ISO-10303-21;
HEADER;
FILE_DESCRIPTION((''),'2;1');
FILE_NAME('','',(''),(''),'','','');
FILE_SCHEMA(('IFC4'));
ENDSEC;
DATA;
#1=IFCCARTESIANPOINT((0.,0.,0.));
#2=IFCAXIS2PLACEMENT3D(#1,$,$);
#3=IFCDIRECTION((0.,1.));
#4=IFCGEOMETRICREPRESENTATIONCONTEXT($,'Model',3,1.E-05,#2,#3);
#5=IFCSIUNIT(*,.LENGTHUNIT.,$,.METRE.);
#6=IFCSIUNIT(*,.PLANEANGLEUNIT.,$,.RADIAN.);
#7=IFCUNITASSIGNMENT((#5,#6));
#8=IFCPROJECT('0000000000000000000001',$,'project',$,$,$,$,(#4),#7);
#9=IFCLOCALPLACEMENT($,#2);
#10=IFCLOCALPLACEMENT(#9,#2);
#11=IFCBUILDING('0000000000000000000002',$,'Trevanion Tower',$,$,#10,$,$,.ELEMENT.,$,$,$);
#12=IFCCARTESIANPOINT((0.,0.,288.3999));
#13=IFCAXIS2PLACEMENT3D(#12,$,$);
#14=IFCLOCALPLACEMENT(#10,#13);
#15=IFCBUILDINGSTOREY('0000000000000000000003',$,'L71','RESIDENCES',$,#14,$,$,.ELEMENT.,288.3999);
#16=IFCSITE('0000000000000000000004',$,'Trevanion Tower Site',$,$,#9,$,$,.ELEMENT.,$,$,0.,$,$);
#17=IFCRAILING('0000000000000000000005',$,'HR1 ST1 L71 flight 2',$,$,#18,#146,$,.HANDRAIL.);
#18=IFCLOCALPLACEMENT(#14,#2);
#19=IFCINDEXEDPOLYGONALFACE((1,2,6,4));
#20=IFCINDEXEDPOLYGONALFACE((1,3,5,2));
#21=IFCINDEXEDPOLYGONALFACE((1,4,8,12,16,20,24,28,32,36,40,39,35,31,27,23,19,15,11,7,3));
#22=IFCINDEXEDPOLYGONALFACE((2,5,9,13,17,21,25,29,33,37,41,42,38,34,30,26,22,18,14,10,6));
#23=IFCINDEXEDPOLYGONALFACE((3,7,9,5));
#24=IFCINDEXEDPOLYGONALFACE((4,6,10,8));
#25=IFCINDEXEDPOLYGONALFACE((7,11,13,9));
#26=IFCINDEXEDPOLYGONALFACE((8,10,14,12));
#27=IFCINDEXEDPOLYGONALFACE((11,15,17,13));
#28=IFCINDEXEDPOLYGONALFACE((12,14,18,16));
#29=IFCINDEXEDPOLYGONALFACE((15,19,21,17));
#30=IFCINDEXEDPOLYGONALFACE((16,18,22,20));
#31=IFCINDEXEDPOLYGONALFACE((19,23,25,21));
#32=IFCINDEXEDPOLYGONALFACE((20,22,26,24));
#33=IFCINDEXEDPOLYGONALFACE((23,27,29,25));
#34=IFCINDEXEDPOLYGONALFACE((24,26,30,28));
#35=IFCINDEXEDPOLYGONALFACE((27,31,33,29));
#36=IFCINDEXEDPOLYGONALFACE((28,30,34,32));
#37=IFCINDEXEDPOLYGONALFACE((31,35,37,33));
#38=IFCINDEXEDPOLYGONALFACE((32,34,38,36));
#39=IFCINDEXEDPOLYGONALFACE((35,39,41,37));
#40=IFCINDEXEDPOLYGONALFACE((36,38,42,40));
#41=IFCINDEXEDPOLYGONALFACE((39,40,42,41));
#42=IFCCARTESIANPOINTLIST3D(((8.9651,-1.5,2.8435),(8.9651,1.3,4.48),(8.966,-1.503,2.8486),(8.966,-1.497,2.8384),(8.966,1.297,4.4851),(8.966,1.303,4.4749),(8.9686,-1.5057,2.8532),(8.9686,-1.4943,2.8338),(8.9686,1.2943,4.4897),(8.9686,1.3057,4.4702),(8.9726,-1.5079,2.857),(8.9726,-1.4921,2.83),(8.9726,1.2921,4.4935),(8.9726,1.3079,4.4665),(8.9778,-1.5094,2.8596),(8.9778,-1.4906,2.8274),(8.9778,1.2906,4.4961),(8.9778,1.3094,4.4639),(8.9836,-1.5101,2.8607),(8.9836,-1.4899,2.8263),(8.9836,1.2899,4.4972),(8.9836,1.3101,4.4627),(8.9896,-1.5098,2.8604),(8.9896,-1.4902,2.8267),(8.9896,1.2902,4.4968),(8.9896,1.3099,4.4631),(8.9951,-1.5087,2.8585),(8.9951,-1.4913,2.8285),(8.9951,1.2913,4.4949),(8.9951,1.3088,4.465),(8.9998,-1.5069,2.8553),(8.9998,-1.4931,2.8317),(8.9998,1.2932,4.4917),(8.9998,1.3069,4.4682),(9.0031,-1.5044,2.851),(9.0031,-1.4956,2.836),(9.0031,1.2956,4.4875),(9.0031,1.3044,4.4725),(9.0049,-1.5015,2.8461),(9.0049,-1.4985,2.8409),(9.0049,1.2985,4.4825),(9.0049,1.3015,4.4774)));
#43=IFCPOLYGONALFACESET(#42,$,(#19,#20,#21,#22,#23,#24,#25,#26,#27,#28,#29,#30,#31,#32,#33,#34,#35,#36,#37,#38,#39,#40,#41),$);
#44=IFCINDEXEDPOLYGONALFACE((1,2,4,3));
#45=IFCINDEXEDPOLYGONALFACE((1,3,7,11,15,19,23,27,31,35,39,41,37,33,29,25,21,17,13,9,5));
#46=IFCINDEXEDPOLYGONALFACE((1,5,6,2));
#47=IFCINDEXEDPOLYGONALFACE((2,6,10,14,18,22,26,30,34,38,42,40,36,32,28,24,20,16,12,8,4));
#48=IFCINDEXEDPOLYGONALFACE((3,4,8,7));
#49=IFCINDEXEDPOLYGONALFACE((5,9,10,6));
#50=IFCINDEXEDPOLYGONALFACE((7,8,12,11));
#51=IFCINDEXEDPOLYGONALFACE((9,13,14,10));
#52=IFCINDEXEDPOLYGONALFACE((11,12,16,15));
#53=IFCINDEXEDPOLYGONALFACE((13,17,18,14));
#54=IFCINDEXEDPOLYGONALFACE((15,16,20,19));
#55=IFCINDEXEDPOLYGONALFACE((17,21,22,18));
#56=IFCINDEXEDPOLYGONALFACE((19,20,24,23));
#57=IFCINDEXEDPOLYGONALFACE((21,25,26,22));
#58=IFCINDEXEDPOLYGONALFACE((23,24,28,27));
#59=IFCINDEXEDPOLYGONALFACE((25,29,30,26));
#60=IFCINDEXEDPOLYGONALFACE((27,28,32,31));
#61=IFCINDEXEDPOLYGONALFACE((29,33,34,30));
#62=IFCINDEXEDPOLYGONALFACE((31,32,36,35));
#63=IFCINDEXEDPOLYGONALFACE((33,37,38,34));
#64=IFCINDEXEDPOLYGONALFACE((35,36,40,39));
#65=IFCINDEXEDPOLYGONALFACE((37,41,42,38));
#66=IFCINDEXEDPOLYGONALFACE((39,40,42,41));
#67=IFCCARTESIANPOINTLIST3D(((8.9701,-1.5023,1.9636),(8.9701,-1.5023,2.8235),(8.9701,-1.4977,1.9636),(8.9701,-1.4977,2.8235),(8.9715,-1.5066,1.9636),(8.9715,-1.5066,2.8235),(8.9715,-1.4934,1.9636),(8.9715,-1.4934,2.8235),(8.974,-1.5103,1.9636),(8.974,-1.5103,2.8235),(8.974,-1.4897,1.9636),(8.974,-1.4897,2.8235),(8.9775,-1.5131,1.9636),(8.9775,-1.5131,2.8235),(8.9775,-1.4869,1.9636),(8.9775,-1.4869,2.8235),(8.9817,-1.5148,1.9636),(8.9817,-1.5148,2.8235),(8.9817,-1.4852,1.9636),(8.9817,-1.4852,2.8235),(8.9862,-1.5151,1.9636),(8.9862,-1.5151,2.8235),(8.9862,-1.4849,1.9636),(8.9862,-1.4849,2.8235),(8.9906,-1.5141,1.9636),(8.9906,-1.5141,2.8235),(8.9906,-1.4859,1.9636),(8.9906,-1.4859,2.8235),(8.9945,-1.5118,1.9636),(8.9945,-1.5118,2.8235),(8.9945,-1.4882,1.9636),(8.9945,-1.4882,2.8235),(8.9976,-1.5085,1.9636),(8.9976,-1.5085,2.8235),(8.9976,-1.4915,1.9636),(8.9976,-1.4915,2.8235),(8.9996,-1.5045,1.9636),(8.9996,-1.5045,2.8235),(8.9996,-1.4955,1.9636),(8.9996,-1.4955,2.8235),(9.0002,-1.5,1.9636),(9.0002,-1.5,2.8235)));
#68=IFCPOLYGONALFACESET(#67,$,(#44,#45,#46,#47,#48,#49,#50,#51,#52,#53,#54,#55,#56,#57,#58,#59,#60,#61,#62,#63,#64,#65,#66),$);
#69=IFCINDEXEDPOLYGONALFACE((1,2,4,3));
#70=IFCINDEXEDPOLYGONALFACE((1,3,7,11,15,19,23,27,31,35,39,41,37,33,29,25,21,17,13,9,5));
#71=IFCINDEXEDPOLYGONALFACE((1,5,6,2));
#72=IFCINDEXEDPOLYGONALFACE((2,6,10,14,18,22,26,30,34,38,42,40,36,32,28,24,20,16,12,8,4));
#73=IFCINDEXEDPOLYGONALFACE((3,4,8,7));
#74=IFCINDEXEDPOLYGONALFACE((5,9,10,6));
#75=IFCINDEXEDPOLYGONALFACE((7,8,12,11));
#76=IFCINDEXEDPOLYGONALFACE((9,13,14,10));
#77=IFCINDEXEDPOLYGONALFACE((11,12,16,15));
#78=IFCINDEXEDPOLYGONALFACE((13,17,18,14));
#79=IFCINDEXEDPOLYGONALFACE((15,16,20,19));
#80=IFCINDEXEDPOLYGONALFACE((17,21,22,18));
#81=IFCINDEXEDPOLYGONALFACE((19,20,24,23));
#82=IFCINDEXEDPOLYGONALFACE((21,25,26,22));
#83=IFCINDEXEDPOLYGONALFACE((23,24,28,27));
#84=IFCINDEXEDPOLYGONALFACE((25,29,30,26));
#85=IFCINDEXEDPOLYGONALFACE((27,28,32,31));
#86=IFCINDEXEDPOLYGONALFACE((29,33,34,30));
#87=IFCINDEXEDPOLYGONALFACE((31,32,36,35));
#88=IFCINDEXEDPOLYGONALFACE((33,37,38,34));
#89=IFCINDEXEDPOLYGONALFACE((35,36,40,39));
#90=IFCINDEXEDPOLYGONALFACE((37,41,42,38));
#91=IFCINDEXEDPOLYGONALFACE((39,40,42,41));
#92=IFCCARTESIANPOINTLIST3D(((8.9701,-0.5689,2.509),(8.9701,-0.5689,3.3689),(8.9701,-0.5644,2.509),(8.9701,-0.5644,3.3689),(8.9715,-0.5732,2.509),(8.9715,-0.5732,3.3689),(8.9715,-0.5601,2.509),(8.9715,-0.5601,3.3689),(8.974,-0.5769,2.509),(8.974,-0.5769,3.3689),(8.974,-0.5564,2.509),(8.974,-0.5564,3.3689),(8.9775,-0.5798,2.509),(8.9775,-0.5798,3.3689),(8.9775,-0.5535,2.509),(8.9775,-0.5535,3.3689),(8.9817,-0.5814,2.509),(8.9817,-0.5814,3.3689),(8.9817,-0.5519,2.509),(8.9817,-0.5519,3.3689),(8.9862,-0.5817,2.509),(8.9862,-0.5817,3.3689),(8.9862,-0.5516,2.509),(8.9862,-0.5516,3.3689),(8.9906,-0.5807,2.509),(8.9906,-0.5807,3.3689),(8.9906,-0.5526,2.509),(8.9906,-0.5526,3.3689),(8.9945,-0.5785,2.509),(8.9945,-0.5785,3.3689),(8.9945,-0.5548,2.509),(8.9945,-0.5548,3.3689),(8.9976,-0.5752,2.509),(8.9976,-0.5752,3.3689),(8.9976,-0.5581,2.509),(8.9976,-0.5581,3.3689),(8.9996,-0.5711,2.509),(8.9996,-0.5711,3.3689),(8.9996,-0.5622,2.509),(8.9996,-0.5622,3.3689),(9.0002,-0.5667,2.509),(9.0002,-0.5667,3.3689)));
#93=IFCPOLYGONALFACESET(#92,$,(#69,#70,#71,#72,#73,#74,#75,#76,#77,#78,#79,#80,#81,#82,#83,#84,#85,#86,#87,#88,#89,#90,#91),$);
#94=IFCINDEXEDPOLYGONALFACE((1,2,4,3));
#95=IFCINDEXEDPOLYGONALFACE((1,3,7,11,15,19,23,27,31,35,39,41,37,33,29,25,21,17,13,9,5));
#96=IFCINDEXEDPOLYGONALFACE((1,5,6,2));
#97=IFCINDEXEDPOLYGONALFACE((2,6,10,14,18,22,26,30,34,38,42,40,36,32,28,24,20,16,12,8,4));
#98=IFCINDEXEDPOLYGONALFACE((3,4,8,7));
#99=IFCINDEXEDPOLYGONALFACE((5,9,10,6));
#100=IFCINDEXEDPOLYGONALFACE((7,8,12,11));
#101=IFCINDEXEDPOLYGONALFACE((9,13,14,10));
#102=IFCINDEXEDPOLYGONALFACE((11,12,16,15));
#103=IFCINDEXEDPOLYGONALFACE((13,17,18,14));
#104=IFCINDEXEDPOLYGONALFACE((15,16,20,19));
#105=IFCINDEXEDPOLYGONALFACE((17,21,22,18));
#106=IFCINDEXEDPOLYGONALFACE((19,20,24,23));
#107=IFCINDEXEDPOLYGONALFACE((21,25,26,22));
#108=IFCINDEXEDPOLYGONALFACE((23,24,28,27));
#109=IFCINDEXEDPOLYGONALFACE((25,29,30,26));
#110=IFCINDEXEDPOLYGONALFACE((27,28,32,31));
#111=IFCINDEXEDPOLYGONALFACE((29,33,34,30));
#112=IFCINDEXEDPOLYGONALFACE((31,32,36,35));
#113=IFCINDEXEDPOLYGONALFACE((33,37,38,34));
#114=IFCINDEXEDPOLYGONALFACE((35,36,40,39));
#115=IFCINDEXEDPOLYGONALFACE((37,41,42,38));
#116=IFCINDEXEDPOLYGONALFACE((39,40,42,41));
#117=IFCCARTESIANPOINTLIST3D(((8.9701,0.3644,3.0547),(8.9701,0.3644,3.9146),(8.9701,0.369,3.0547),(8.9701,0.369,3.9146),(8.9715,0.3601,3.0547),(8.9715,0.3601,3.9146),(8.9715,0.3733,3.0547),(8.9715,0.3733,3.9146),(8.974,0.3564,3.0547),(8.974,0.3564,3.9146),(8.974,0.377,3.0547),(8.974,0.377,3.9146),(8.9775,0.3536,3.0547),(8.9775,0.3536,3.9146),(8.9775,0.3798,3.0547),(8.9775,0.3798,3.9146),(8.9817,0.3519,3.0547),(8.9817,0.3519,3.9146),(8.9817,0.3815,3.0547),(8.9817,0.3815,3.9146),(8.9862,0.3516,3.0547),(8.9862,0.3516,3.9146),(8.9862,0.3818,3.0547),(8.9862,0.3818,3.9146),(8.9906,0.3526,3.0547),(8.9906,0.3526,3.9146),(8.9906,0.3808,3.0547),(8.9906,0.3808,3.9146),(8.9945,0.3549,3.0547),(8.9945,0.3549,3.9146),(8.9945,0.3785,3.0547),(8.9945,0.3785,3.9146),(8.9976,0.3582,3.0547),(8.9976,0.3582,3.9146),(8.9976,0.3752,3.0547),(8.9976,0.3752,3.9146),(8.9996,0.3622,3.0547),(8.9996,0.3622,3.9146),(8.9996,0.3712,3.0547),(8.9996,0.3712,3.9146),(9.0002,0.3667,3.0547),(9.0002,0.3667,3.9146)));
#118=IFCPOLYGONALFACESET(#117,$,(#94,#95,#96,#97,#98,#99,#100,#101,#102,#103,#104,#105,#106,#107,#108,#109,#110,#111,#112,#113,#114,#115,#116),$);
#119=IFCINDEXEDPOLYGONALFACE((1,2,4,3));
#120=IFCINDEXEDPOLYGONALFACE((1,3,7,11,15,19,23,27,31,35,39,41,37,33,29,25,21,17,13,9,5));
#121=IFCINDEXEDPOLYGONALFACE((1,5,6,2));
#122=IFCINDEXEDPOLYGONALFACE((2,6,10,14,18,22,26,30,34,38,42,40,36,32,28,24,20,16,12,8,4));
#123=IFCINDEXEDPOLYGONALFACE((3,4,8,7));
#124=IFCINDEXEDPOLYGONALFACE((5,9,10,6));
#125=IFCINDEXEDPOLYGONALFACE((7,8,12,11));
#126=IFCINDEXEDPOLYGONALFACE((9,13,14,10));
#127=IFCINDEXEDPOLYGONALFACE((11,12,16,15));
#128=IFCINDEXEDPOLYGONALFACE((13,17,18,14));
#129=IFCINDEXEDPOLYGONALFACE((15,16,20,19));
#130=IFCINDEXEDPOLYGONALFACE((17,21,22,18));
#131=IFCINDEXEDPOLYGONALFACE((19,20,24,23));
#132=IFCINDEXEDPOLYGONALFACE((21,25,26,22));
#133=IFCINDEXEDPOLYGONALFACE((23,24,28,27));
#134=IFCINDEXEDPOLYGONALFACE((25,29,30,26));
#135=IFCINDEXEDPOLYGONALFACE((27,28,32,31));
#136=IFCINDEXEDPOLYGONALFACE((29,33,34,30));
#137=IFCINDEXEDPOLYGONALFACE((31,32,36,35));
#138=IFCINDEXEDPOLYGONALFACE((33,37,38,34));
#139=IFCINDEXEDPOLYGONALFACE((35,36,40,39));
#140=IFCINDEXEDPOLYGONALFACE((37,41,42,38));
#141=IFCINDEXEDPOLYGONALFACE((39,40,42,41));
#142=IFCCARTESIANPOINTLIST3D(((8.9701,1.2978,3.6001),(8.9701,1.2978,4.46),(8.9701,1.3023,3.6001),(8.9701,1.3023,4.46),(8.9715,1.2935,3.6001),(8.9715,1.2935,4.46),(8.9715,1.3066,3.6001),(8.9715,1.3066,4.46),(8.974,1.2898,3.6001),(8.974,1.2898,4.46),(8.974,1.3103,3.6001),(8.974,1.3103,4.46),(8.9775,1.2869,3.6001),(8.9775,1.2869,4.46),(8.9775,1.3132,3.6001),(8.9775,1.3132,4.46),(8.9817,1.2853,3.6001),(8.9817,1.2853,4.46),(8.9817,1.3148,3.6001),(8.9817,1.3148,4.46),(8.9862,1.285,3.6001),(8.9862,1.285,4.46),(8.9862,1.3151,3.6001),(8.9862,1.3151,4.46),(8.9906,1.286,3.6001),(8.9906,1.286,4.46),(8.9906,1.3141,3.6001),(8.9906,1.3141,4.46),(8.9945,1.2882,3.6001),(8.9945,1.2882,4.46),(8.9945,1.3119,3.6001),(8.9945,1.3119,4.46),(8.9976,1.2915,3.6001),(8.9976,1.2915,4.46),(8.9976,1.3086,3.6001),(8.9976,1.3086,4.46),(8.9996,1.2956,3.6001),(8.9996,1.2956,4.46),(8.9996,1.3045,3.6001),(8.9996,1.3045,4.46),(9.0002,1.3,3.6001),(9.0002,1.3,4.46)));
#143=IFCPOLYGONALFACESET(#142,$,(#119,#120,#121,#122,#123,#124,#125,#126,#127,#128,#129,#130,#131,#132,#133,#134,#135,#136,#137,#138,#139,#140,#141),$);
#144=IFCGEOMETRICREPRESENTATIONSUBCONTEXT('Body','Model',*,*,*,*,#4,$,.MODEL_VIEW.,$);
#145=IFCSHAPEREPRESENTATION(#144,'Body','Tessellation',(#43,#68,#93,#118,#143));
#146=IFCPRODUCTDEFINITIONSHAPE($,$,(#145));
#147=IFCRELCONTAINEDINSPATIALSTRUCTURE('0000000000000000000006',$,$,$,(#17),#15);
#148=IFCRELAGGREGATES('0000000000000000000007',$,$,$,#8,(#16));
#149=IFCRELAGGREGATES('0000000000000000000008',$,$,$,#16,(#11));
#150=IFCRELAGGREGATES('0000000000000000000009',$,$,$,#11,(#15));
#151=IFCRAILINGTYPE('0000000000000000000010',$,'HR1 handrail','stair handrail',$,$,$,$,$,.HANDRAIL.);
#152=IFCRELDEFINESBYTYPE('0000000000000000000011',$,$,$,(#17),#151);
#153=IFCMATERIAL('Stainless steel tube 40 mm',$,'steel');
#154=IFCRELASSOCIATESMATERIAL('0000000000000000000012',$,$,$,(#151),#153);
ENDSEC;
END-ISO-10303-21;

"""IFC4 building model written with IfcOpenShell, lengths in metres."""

from ifc_helpers import new_model, si_unit, direction, frame, origin, origin_2d, place, context, subcontext, project, spatial, circle, extrude, material, type_object, element, save


model = new_model("IFC4")

# Units and contexts
model_context = context("Model", 3, precision=1e-05, world=origin(), true_north=direction((0.0, 1.0)))
body_context = subcontext(model_context, "Body", "Model", "MODEL_VIEW")
ifc_project = project(units=[si_unit("LENGTHUNIT", "METRE"), si_unit("PLANEANGLEUNIT", "RADIAN")], contexts=[model_context])

# Site, building, storey
site_placement = place(None, origin())
site = spatial("IfcSite", under=ifc_project, at=site_placement, Name="Trevanion Tower Site", CompositionType="ELEMENT", RefElevation=0.0)
building_placement = place(site_placement, origin())
building = spatial("IfcBuilding", under=site, at=building_placement, Name="Trevanion Tower", CompositionType="ELEMENT")
storey_placement = place(building_placement, frame((0.0, 0.0, 288.3999)))
storey = spatial("IfcBuildingStorey", under=building, at=storey_placement, Name="L71", Description="RESIDENCES", CompositionType="ELEMENT", Elevation=288.3999)

# Railing
ifc_material_1 = material(Name="Stainless steel tube 40 mm", Category="steel")
railing_type = type_object("IfcRailingType", Name="HR1 handrail", Description="stair handrail", PredefinedType="HANDRAIL", material=ifc_material_1)
for number, where, name in (
    (1, (8.9851, -1.5, 1.9636), "HR1 ST1 L71 flight 2"),
):
    element("IfcRailing", number, at=place(storey_placement, frame(where)), inside=storey, type_object=railing_type, Name=name, PredefinedType="HANDRAIL", context=body_context, shape_type="SweptSolid", body=[
        extrude(circle(Radius=0.02, at=origin_2d()), frame((0.0, 0.0, 0.8799), z_axis=(0.0, 0.863361, 0.504587), x_axis=(-1.0, 0.0, 0.0)), (0.0, 0.0, 1.0), 3.2432),
        extrude(circle(Radius=0.0151, at=origin_2d()), origin(), (0.0, 0.0, 1.0), 0.8599),
        extrude(circle(Radius=0.0151, at=origin_2d()), frame((0.0, 0.9333, 0.5454)), (0.0, 0.0, 1.0), 0.8599),
        extrude(circle(Radius=0.0151, at=origin_2d()), frame((0.0, 1.8667, 1.0911)), (0.0, 0.0, 1.0), 0.8599),
        extrude(circle(Radius=0.0151, at=origin_2d()), frame((0.0, 2.8, 1.6365)), (0.0, 0.0, 1.0), 0.8599),
    ])

save(model, "model.ifc")
